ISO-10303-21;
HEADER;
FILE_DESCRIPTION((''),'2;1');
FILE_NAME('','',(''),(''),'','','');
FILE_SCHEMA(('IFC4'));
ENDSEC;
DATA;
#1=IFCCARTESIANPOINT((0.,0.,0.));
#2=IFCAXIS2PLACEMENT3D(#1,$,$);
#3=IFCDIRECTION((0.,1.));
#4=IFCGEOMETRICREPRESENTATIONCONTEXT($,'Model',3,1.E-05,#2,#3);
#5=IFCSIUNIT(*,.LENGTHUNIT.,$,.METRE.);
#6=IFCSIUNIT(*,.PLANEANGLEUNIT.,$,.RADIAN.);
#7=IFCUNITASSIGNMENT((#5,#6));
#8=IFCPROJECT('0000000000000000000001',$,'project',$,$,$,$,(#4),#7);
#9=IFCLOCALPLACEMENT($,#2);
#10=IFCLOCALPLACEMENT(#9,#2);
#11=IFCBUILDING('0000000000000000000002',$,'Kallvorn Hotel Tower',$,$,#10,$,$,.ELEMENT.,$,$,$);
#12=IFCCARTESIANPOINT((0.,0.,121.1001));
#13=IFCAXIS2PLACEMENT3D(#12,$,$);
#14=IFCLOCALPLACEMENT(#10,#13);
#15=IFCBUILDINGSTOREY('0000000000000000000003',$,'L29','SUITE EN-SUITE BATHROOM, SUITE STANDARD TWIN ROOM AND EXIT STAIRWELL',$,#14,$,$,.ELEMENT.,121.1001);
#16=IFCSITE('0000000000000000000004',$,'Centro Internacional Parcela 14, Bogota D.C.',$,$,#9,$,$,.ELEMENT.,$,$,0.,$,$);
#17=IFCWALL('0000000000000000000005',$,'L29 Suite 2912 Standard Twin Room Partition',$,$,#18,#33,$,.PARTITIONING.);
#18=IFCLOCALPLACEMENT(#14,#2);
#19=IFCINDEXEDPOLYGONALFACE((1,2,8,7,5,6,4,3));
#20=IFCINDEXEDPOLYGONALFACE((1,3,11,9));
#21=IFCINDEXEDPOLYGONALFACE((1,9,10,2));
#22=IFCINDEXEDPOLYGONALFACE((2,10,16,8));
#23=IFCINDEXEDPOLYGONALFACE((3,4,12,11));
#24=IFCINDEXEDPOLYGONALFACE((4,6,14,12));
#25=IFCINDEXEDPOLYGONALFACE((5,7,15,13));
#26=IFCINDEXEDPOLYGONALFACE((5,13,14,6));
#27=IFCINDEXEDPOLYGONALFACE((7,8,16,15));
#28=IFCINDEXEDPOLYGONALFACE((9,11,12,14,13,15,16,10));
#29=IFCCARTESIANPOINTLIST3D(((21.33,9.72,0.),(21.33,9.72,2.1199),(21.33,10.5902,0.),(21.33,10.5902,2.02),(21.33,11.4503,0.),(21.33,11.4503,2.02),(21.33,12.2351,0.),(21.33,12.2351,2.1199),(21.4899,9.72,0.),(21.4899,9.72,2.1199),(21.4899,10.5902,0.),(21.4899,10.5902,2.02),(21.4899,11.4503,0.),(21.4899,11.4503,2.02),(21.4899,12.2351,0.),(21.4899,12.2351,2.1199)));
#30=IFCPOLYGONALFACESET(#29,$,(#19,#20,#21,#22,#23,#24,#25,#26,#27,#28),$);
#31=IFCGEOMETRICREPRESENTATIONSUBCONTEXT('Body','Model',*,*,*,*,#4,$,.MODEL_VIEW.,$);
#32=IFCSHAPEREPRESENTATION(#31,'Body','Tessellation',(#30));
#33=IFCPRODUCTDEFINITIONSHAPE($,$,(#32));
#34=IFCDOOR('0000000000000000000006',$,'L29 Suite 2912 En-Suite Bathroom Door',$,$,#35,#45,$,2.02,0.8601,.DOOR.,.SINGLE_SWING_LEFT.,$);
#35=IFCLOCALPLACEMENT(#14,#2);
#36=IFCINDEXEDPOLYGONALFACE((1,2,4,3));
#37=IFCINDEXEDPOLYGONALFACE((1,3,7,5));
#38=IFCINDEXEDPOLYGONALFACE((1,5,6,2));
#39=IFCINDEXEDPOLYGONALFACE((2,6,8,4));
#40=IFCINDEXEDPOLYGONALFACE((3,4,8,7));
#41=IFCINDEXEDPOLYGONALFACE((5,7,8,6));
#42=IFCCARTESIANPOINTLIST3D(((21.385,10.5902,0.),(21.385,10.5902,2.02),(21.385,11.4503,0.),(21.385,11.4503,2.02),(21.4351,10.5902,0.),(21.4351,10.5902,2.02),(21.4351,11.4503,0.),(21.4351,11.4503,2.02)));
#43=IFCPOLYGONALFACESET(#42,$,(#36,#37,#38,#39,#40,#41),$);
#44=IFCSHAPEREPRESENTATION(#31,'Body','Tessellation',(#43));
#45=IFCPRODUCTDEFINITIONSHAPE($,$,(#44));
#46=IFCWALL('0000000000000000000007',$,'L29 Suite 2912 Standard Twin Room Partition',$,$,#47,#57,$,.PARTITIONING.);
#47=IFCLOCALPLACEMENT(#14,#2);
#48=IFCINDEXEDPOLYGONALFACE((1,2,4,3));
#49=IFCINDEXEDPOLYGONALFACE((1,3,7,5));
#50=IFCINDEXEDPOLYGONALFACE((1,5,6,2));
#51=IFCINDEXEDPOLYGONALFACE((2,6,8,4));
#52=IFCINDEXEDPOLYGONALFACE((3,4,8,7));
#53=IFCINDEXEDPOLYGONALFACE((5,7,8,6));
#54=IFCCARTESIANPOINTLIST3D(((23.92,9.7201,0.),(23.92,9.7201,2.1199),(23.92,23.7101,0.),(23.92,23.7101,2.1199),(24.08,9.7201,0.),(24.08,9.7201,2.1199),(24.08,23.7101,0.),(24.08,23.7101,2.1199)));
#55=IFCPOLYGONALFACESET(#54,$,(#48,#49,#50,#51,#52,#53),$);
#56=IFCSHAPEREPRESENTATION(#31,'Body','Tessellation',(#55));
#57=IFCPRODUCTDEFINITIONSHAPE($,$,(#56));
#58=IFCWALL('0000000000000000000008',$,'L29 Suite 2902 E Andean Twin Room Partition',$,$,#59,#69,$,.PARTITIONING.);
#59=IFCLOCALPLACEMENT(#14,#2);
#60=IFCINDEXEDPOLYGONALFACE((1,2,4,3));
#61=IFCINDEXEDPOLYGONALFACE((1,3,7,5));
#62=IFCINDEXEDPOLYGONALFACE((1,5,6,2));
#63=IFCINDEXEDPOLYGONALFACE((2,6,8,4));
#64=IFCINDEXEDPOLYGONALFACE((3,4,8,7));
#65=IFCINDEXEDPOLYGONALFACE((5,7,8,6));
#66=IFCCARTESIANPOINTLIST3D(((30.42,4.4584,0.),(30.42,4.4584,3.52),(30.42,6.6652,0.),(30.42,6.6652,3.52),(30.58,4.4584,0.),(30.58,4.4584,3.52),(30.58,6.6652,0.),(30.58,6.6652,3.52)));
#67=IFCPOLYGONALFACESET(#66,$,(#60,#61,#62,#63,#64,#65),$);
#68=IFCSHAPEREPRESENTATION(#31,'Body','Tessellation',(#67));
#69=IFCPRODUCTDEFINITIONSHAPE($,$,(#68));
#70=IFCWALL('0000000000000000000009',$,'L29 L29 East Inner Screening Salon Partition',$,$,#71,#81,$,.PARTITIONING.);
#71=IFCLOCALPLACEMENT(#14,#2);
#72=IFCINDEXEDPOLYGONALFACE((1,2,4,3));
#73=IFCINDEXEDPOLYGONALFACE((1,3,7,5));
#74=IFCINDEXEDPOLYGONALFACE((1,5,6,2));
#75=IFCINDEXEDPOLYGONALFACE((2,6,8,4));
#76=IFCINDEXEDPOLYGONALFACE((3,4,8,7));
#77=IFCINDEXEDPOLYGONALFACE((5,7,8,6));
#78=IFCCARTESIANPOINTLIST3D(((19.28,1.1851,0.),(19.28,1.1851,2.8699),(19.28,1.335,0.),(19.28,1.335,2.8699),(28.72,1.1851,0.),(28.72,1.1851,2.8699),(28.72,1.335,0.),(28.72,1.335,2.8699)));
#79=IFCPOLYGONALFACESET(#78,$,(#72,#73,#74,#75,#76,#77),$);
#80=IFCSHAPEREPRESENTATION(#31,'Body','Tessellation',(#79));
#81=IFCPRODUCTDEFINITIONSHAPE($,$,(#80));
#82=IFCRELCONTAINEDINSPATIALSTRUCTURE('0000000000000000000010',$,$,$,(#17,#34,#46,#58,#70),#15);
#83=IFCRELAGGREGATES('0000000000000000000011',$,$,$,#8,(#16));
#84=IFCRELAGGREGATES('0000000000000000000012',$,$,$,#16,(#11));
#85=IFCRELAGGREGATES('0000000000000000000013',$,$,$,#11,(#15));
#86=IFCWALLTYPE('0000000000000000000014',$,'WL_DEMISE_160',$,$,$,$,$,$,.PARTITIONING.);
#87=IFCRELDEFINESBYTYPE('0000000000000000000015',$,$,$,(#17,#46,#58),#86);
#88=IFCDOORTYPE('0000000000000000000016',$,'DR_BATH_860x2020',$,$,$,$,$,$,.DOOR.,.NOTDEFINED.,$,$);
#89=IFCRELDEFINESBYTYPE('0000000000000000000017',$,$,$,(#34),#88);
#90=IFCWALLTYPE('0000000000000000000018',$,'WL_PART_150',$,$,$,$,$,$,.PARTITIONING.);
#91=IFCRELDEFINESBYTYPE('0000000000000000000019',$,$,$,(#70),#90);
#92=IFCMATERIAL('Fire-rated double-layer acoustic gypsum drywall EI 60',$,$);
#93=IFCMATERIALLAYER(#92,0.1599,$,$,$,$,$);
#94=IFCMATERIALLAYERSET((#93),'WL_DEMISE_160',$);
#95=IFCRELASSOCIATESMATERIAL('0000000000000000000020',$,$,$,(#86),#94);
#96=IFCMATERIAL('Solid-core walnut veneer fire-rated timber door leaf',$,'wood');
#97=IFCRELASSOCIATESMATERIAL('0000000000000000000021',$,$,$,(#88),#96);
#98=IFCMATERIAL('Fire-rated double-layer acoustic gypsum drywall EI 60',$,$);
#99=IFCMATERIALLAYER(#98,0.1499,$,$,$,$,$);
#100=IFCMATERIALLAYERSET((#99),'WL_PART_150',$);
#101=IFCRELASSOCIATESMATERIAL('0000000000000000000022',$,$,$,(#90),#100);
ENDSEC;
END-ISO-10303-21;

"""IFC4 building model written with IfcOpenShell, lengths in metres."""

from ifc_helpers import new_model, si_unit, direction, frame, frame_2d, origin, place, context, subcontext, project, spatial, rectangle, extrude, material, layer, layer_set, type_object, element, fill, save


model = new_model("IFC4")

# Units and contexts
model_context = context("Model", 3, precision=1e-05, world=origin(), true_north=direction((0.0, 1.0)))
body_context = subcontext(model_context, "Body", "Model", "MODEL_VIEW")
ifc_project = project(units=[si_unit("LENGTHUNIT", "METRE"), si_unit("PLANEANGLEUNIT", "RADIAN")], contexts=[model_context])

# Site, building, storey
site_placement = place(None, origin())
site = spatial("IfcSite", under=ifc_project, at=site_placement, Name="Centro Internacional Parcela 14, Bogota D.C.", CompositionType="ELEMENT", RefElevation=0.0)
building_placement = place(site_placement, origin())
building = spatial("IfcBuilding", under=site, at=building_placement, Name="Kallvorn Hotel Tower", CompositionType="ELEMENT")
storey_placement = place(building_placement, frame((0.0, 0.0, 121.1001)))
storey = spatial("IfcBuildingStorey", under=building, at=storey_placement, Name="L29", Description="SUITE EN-SUITE BATHROOM, SUITE STANDARD TWIN ROOM AND EXIT STAIRWELL", CompositionType="ELEMENT", Elevation=121.1001)

# Shared definitions
ifc_material_1 = material(Name="Fire-rated double-layer acoustic gypsum drywall EI 60")
ifc_layer_1 = layer(ifc_material_1, 0.1599)
ifc_layer_set_1 = layer_set([ifc_layer_1], Name="WL_DEMISE_160")
wall_type_1 = type_object("IfcWallType", Name="WL_DEMISE_160", PredefinedType="PARTITIONING", material=ifc_layer_set_1)

# Wall, opening, door
wall_1_placement = place(storey_placement, frame((21.4099, 9.72, 0.0), z_axis=(0.0, 0.0, 1.0), x_axis=(0.0, 1.0, 0.0)))
wall_1 = element("IfcWall", 1, at=wall_1_placement, inside=storey, type_object=wall_type_1, Name="L29 Suite 2912 Standard Twin Room Partition", PredefinedType="PARTITIONING", context=body_context, shape_type="SweptSolid", body=[
    extrude(rectangle(XDim=2.5151, YDim=0.1599, at=frame_2d((1.2576, 0.0))), origin(), (0.0, 0.0, 1.0), 2.1199),
])
opening_1_placement = place(wall_1_placement, frame((0.8701, 0.0, 0.0)))
opening_1 = element("IfcOpeningElement", 2, at=opening_1_placement, cuts=wall_1, PredefinedType="OPENING", context=body_context, shape_type="SweptSolid", body=[
    extrude(rectangle(XDim=0.8601, YDim=2.02, at=frame_2d((0.4302, 1.01))), frame((0.0, 0.095, 0.0), z_axis=(0.0, -1.0, 0.0), x_axis=(1.0, 0.0, 0.0)), (0.0, 0.0, 1.0), 0.1899),
])
ifc_material_2 = material(Name="Solid-core walnut veneer fire-rated timber door leaf", Category="wood")
door_type_1 = type_object("IfcDoorType", Name="DR_BATH_860x2020", OperationType="NOTDEFINED", PredefinedType="DOOR", material=ifc_material_2)
door_1_placement = place(opening_1_placement, origin())
door_1 = element("IfcDoor", 3, at=door_1_placement, inside=storey, type_object=door_type_1, Name="L29 Suite 2912 En-Suite Bathroom Door", OperationType="SINGLE_SWING_LEFT", OverallHeight=2.02, OverallWidth=0.8601, PredefinedType="DOOR", context=body_context, shape_type="SweptSolid", body=[
    extrude(rectangle(XDim=0.8601, YDim=2.02, at=frame_2d((0.4302, 1.01))), frame((0.0, 0.0249, 0.0), z_axis=(0.0, -1.0, 0.0), x_axis=(1.0, 0.0, 0.0)), (0.0, 0.0, 1.0), 0.05),
])
fill(opening_1, door_1)

# Walls
wall_2_placement = place(storey_placement, frame((24.0, 9.72, 0.0), z_axis=(0.0, 0.0, 1.0), x_axis=(0.0, 1.0, 0.0)))
element("IfcWall", 4, at=wall_2_placement, inside=storey, type_object=wall_type_1, Name="L29 Suite 2912 Standard Twin Room Partition", PredefinedType="PARTITIONING", context=body_context, shape_type="SweptSolid", body=[
    extrude(rectangle(XDim=13.99, YDim=0.1599, at=frame_2d((6.9951, 0.0))), origin(), (0.0, 0.0, 1.0), 2.1199),
])
wall_3_placement = place(storey_placement, frame((30.5, 4.4583, 0.0), z_axis=(0.0, 0.0, 1.0), x_axis=(0.0, 1.0, 0.0)))
element("IfcWall", 5, at=wall_3_placement, inside=storey, type_object=wall_type_1, Name="L29 Suite 2902 E Andean Twin Room Partition", PredefinedType="PARTITIONING", context=body_context, shape_type="SweptSolid", body=[
    extrude(rectangle(XDim=2.2068, YDim=0.1599, at=frame_2d((1.1035, 0.0))), origin(), (0.0, 0.0, 1.0), 3.52),
])
ifc_material_3 = material(Name="Fire-rated double-layer acoustic gypsum drywall EI 60")
ifc_layer_2 = layer(ifc_material_3, 0.1499)
ifc_layer_set_2 = layer_set([ifc_layer_2], Name="WL_PART_150")
wall_type_2 = type_object("IfcWallType", Name="WL_PART_150", PredefinedType="PARTITIONING", material=ifc_layer_set_2)
wall_4_placement = place(storey_placement, frame((19.28, 1.26, 0.0), z_axis=(0.0, 0.0, 1.0), x_axis=(1.0, 0.0, 0.0)))
element("IfcWall", 6, at=wall_4_placement, inside=storey, type_object=wall_type_2, Name="L29 L29 East Inner Screening Salon Partition", PredefinedType="PARTITIONING", context=body_context, shape_type="SweptSolid", body=[
    extrude(rectangle(XDim=9.4399, YDim=0.1499, at=frame_2d((4.72, 0.0))), origin(), (0.0, 0.0, 1.0), 2.8699),
])

save(model, "model.ifc")
